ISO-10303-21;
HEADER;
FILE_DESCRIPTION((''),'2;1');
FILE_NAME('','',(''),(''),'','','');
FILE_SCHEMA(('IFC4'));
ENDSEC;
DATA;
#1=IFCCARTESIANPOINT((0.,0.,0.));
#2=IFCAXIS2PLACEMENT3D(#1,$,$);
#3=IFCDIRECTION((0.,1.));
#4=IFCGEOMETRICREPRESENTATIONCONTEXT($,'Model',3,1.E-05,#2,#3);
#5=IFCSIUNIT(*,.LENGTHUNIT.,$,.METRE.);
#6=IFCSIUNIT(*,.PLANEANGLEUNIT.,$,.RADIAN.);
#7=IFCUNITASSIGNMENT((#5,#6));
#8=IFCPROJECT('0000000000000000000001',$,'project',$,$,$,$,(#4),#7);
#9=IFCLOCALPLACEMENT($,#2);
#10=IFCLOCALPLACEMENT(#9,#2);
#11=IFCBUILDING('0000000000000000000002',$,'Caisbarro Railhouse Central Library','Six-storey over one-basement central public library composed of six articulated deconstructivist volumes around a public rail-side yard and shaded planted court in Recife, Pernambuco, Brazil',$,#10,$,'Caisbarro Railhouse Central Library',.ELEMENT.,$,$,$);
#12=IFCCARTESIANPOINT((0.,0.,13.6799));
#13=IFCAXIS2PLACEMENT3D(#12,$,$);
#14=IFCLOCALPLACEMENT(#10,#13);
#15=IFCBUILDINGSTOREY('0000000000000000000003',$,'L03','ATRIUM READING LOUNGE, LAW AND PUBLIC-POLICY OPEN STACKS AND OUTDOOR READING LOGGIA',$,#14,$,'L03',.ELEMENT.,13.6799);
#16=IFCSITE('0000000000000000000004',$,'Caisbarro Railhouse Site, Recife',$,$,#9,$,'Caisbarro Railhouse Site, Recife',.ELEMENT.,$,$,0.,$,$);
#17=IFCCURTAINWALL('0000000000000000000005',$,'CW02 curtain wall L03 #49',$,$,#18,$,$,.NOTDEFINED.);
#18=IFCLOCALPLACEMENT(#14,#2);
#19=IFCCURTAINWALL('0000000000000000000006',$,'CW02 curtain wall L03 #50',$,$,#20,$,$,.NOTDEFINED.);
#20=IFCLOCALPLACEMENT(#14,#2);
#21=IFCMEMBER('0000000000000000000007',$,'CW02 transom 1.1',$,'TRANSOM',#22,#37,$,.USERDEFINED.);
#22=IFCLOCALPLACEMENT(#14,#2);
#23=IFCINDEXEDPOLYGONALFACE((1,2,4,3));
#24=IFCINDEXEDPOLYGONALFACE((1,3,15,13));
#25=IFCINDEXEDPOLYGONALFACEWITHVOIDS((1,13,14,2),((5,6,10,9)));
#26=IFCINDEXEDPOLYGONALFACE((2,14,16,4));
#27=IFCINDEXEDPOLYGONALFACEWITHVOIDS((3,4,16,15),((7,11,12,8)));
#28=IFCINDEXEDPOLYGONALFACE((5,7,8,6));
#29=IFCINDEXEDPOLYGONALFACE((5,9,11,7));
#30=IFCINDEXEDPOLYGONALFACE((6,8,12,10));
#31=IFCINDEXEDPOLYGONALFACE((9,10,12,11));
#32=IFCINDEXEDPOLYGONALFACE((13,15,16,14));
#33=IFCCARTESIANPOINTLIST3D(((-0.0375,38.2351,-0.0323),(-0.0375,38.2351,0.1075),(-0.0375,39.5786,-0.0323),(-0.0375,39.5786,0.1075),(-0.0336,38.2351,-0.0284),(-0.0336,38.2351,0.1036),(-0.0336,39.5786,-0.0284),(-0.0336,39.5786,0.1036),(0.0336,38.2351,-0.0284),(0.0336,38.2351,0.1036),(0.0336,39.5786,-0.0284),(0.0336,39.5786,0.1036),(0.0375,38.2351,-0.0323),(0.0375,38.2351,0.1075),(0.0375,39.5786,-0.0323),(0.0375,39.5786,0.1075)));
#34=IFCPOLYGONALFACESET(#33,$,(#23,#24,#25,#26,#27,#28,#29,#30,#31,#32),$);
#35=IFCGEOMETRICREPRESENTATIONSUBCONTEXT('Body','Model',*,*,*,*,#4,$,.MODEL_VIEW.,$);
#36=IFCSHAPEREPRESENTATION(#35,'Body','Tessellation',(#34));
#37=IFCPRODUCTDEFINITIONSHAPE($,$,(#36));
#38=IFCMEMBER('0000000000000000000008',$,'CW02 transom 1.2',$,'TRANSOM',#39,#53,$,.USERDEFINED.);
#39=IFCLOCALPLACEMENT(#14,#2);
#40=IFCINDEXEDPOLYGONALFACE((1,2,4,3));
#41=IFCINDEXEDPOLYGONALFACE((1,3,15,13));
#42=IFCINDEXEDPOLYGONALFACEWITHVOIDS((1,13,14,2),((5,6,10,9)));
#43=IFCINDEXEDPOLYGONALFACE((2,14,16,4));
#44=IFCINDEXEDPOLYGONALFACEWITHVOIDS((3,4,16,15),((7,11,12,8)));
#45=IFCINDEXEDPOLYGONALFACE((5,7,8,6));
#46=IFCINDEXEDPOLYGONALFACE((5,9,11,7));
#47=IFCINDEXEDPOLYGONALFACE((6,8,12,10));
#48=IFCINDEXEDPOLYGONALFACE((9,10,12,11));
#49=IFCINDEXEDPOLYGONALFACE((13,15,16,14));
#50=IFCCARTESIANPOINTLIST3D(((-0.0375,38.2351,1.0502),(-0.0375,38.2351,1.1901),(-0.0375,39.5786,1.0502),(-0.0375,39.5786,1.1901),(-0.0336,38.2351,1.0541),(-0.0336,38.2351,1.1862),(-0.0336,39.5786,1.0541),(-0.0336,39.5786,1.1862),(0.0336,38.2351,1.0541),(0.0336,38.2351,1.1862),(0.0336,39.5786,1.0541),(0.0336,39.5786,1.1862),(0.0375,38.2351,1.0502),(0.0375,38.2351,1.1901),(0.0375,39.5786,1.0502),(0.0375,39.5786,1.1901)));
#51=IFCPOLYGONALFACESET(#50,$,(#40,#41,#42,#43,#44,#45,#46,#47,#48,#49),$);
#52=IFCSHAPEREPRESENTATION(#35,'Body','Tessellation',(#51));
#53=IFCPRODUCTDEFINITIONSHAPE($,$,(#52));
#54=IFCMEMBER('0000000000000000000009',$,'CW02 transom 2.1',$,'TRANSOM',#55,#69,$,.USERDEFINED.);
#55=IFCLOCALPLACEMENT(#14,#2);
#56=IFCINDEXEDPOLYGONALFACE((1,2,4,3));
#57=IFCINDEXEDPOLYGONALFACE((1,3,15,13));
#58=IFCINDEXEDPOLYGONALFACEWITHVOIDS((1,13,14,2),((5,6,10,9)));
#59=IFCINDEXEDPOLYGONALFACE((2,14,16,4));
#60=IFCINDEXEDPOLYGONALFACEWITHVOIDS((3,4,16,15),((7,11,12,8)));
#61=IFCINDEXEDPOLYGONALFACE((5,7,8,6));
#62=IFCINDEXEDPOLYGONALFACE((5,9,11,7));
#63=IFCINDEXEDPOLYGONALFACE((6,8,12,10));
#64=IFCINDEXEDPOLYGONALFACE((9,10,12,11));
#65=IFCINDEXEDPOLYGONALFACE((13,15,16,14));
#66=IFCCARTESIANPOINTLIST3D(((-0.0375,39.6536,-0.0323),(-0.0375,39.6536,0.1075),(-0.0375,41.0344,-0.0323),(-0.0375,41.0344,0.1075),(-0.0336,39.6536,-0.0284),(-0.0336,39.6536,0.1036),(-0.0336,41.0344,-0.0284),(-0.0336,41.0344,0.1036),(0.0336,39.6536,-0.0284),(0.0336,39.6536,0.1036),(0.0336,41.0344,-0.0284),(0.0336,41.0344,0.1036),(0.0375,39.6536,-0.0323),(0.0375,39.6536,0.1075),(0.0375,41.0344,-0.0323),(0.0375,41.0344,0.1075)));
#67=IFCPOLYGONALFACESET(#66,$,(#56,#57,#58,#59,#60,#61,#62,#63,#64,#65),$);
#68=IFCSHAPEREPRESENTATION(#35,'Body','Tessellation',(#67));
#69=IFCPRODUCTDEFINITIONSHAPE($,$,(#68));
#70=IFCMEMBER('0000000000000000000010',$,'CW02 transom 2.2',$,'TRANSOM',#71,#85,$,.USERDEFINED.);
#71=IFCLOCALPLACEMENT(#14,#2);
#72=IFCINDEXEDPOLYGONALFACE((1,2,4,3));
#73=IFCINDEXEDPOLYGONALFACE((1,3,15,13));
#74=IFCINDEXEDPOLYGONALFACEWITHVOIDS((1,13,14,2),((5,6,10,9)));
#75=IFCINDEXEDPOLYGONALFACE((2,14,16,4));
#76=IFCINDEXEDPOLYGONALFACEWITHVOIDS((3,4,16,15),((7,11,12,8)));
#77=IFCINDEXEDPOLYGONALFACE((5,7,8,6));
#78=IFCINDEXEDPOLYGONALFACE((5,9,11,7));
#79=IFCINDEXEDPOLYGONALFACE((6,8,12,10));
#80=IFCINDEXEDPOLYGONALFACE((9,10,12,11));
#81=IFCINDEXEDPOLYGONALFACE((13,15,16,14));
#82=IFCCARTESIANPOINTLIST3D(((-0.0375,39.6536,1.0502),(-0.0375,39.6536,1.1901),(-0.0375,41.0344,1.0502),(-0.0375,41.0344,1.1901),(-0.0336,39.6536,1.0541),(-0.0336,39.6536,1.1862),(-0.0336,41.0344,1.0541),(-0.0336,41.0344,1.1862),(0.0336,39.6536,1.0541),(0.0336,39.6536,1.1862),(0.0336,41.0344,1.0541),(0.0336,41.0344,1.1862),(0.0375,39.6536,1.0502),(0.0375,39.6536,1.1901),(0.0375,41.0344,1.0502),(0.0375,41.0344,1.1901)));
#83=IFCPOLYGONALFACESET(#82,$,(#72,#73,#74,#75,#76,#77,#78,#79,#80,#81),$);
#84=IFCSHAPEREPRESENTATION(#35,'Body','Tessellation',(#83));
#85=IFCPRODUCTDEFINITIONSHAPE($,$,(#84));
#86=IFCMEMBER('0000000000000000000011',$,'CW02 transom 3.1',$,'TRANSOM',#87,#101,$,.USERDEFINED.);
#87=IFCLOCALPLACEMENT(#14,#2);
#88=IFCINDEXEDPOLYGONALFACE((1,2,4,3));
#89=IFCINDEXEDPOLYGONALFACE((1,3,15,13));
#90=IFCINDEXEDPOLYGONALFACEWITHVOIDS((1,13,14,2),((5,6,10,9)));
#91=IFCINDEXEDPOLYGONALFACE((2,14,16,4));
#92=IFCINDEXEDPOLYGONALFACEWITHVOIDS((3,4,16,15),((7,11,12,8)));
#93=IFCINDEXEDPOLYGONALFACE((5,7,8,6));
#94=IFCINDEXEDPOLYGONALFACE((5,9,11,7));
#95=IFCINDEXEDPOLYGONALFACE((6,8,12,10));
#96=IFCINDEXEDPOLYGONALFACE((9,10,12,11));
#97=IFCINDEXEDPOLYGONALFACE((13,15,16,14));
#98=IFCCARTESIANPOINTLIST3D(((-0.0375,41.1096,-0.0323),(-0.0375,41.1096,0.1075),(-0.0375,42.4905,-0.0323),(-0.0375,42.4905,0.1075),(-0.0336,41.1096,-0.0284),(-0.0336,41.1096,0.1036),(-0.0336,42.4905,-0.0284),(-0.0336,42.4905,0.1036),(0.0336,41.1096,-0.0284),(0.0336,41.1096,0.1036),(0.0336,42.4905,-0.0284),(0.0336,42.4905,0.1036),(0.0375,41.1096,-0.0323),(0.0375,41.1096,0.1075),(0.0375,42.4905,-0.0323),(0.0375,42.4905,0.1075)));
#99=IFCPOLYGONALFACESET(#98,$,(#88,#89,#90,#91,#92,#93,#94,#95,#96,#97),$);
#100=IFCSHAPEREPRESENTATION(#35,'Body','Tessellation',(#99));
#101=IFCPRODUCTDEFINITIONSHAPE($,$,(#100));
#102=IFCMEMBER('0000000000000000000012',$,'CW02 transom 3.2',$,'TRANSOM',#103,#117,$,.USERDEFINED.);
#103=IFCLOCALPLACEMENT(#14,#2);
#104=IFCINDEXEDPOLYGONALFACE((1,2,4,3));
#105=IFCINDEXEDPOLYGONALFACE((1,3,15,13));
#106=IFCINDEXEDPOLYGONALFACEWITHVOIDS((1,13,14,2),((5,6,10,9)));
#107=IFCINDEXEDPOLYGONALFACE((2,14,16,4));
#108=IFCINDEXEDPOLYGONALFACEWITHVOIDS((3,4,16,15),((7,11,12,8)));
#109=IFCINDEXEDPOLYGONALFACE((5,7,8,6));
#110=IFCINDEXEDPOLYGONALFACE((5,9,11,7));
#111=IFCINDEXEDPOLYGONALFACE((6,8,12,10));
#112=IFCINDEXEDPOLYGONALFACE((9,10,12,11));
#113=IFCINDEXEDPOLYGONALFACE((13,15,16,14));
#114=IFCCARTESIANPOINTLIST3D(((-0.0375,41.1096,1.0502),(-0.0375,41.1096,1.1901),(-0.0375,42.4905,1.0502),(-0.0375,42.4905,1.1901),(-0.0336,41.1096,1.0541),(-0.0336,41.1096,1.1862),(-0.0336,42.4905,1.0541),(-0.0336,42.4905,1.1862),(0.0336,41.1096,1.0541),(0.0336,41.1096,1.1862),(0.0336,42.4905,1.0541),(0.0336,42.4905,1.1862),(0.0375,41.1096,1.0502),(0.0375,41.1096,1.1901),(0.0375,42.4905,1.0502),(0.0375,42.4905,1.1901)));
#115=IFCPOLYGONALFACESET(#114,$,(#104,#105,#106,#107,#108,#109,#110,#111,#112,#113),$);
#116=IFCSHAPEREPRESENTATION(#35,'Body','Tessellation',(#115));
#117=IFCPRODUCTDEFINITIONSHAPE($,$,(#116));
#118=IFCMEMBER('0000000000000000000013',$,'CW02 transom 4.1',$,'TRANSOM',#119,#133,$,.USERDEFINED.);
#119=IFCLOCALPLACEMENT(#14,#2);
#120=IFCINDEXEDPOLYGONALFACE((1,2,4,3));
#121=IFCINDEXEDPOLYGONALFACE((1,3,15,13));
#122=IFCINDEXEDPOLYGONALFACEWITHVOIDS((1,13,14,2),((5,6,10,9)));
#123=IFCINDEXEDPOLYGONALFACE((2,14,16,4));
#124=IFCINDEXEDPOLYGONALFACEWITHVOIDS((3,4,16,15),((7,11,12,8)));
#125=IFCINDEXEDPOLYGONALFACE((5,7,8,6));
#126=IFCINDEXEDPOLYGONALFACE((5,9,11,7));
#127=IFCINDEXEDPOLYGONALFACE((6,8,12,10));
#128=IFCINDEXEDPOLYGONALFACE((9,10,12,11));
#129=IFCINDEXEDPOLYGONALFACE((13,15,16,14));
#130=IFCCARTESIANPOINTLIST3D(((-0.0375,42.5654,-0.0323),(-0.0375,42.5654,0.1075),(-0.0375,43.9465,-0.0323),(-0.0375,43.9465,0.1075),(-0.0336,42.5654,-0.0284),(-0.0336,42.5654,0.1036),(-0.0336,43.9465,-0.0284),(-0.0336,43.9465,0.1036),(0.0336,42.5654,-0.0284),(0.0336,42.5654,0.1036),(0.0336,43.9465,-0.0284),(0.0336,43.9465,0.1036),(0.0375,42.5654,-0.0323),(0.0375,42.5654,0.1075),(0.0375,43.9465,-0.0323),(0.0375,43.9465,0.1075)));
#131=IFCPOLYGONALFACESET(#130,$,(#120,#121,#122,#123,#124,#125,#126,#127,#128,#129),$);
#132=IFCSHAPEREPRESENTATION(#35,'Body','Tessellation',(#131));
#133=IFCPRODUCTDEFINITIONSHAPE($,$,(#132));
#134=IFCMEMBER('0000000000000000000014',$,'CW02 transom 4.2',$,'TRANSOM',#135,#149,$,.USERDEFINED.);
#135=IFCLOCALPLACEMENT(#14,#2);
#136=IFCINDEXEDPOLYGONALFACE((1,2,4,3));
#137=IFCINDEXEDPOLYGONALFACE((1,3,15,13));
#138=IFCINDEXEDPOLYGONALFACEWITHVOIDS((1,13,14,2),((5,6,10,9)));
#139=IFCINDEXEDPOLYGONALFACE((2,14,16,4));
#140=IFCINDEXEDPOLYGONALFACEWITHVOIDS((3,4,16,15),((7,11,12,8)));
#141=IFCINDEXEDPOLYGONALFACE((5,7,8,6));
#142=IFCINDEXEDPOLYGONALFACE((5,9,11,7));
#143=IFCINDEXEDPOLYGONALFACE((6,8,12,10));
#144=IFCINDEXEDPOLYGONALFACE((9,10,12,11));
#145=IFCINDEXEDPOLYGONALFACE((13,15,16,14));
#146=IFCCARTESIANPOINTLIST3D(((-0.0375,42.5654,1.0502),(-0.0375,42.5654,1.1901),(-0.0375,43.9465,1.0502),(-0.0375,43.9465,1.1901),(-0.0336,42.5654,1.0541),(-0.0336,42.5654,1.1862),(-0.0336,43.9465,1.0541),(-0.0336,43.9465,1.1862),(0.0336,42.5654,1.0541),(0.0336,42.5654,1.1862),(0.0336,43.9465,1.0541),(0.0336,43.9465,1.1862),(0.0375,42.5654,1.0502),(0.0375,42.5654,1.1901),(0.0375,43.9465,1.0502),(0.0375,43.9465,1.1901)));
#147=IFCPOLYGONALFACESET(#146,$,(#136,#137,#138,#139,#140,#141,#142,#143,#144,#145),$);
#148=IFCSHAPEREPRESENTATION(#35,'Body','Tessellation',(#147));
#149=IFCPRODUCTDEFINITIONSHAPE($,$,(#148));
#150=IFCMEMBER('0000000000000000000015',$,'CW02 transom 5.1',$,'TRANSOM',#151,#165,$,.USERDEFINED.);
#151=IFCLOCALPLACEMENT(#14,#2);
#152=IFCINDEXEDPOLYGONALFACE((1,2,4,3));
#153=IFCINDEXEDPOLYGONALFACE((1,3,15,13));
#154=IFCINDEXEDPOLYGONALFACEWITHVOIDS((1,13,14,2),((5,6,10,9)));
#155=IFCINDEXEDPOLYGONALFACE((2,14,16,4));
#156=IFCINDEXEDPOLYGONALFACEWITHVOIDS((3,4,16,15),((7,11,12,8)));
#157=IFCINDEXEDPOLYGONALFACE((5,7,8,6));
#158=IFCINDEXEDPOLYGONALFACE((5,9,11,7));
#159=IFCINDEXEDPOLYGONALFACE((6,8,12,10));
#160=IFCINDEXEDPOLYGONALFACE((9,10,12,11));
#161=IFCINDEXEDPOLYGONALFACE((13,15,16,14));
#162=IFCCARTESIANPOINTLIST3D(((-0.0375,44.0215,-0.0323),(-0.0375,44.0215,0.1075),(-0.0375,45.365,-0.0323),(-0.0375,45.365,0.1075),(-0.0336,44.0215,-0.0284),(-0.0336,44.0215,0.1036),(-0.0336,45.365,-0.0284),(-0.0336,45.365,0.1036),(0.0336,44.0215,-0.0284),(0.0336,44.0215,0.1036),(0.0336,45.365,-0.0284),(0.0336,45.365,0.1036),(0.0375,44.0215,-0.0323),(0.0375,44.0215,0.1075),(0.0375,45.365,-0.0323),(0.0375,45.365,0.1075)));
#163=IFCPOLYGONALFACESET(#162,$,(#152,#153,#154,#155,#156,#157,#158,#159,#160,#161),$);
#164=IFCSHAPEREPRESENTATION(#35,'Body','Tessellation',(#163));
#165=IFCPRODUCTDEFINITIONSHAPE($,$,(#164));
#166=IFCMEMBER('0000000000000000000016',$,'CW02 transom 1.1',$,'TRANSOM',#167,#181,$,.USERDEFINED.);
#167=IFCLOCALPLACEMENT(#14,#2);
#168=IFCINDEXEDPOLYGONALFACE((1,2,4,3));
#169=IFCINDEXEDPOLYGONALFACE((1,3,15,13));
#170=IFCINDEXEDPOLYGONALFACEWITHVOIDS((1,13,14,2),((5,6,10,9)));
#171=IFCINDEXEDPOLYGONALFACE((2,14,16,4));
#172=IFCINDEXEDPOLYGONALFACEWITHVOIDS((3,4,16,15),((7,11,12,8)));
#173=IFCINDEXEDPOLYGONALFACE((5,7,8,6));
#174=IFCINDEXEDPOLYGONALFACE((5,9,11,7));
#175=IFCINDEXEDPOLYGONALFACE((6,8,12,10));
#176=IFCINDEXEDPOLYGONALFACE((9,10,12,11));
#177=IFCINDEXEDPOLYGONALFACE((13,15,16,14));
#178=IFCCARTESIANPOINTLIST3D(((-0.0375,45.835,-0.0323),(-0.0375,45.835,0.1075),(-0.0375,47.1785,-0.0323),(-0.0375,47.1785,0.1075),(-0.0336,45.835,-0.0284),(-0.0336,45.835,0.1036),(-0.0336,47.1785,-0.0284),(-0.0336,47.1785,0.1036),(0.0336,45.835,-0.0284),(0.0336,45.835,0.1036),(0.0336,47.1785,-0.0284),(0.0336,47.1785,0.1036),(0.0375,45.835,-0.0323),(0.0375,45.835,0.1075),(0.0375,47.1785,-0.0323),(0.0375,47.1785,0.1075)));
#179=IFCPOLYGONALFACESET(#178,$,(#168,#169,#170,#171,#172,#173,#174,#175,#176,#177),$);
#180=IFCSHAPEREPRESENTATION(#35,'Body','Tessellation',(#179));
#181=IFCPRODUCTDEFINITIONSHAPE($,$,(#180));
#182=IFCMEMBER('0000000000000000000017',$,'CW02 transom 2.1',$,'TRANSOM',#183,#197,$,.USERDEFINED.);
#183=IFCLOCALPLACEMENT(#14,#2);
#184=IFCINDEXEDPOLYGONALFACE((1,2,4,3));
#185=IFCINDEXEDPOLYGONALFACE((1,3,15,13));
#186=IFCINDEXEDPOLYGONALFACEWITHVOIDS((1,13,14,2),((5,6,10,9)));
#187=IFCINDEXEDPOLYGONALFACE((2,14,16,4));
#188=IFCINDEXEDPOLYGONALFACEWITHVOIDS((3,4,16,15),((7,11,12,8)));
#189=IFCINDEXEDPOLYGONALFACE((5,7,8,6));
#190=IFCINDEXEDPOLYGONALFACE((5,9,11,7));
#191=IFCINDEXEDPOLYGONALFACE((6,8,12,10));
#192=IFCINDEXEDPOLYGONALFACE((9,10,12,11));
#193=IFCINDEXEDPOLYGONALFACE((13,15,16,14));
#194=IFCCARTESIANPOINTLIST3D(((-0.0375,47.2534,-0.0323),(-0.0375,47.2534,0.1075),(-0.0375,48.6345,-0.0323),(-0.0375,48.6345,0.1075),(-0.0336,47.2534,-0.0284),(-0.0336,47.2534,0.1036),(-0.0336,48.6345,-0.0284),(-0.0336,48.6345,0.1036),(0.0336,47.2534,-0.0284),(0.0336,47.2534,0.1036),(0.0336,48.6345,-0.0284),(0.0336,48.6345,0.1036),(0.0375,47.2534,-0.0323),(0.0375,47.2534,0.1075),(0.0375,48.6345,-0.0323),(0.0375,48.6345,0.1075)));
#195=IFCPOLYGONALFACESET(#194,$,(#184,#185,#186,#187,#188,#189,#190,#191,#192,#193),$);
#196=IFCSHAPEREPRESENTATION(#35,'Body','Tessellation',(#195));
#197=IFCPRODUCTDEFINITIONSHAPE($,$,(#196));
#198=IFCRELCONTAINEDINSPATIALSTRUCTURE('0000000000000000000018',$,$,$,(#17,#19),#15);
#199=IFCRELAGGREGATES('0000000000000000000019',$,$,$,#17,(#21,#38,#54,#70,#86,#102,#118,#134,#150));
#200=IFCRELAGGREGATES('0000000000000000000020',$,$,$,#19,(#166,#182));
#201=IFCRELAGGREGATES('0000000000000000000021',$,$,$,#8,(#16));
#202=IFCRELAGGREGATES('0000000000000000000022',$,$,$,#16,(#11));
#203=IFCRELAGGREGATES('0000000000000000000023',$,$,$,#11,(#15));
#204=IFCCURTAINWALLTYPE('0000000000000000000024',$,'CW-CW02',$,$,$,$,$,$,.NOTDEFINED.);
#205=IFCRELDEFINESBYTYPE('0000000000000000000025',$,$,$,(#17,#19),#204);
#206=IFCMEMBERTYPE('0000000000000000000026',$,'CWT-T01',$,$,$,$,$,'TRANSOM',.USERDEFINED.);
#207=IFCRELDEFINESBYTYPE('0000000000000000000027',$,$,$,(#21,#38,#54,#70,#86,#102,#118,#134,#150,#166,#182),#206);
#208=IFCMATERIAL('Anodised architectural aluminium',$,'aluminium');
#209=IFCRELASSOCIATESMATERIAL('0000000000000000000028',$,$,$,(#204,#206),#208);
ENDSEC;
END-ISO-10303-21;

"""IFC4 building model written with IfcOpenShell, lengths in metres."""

from ifc_helpers import new_model, si_unit, direction, frame, origin, origin_2d, place, context, subcontext, project, spatial, hollow_rectangle, extrude, material, material_profile, profile_set, type_object, element, aggregate, save


model = new_model("IFC4")

# Units and contexts
model_context = context("Model", 3, precision=1e-05, world=origin(), true_north=direction((0.0, 1.0)))
body_context = subcontext(model_context, "Body", "Model", "MODEL_VIEW")
ifc_project = project(units=[si_unit("LENGTHUNIT", "METRE"), si_unit("PLANEANGLEUNIT", "RADIAN")], contexts=[model_context])

# Site, building, storey
site_placement = place(None, origin())
site = spatial("IfcSite", under=ifc_project, at=site_placement, Name="Caisbarro Railhouse Site, Recife", LongName="Caisbarro Railhouse Site, Recife", CompositionType="ELEMENT", RefElevation=0.0)
building_placement = place(site_placement, origin())
building = spatial("IfcBuilding", under=site, at=building_placement, Name="Caisbarro Railhouse Central Library", Description="Six-storey over one-basement central public library composed of six articulated deconstructivist volumes around a public rail-side yard and shaded planted court in Recife, Pernambuco, Brazil", LongName="Caisbarro Railhouse Central Library", CompositionType="ELEMENT")
storey_placement = place(building_placement, frame((0.0, 0.0, 13.6799)))
storey = spatial("IfcBuildingStorey", under=building, at=storey_placement, Name="L03", Description="ATRIUM READING LOUNGE, LAW AND PUBLIC-POLICY OPEN STACKS AND OUTDOOR READING LOGGIA", LongName="L03", CompositionType="ELEMENT", Elevation=13.6799)

# Curtain walls
ifc_material_1 = material(Name="Anodised architectural aluminium", Category="aluminium")
curtain_wall_type = type_object("IfcCurtainWallType", Name="CW-CW02", PredefinedType="NOTDEFINED", material=ifc_material_1)
curtain_wall_1_placement = place(storey_placement, origin())
curtain_wall_1 = element("IfcCurtainWall", 1, at=curtain_wall_1_placement, inside=storey, type_object=curtain_wall_type, Name="CW02 curtain wall L03 #49", PredefinedType="NOTDEFINED")
curtain_wall_2_placement = place(storey_placement, origin())
curtain_wall_2 = element("IfcCurtainWall", 2, at=curtain_wall_2_placement, inside=storey, type_object=curtain_wall_type, Name="CW02 curtain wall L03 #50", PredefinedType="NOTDEFINED")

# Members
ifc_material_profile_1 = material_profile(ifc_material_1, hollow_rectangle(XDim=0.075, YDim=0.1399, WallThickness=0.0039, at=origin_2d()), Name="ALU-TRN-75X140")
ifc_profile_set_1 = profile_set([ifc_material_profile_1], Name="Anodised architectural aluminium")
member_type_1 = type_object("IfcMemberType", Name="CWT-T01", ElementType="TRANSOM", PredefinedType="USERDEFINED", material=ifc_profile_set_1)
member_1_placement = place(storey_placement, frame((0.0, 38.2351, 0.0376), z_axis=(0.0, 1.0, 0.0), x_axis=(-1.0, 0.0, 0.0)))
member_1 = element("IfcMember", 3, at=member_1_placement, type_object=member_type_1, Name="CW02 transom 1.1", ObjectType="TRANSOM", PredefinedType="USERDEFINED", context=body_context, shape_type="SweptSolid", body=[
    extrude(hollow_rectangle(XDim=0.075, YDim=0.1399, WallThickness=0.0039, at=origin_2d()), origin(), (0.0, 0.0, 1.0), 1.3435),
])
member_2_placement = place(storey_placement, frame((0.0, 38.2351, 1.1201), z_axis=(0.0, 1.0, 0.0), x_axis=(-1.0, 0.0, 0.0)))
member_2 = element("IfcMember", 4, at=member_2_placement, type_object=member_type_1, Name="CW02 transom 1.2", ObjectType="TRANSOM", PredefinedType="USERDEFINED", context=body_context, shape_type="SweptSolid", body=[
    extrude(hollow_rectangle(XDim=0.075, YDim=0.1399, WallThickness=0.0039, at=origin_2d()), origin(), (0.0, 0.0, 1.0), 1.3435),
])
member_3_placement = place(storey_placement, frame((0.0, 39.6536, 0.0376), z_axis=(0.0, 1.0, 0.0), x_axis=(-1.0, 0.0, 0.0)))
member_3 = element("IfcMember", 5, at=member_3_placement, type_object=member_type_1, Name="CW02 transom 2.1", ObjectType="TRANSOM", PredefinedType="USERDEFINED", context=body_context, shape_type="SweptSolid", body=[
    extrude(hollow_rectangle(XDim=0.075, YDim=0.1399, WallThickness=0.0039, at=origin_2d()), origin(), (0.0, 0.0, 1.0), 1.3809),
])
member_4_placement = place(storey_placement, frame((0.0, 39.6536, 1.1201), z_axis=(0.0, 1.0, 0.0), x_axis=(-1.0, 0.0, 0.0)))
member_4 = element("IfcMember", 6, at=member_4_placement, type_object=member_type_1, Name="CW02 transom 2.2", ObjectType="TRANSOM", PredefinedType="USERDEFINED", context=body_context, shape_type="SweptSolid", body=[
    extrude(hollow_rectangle(XDim=0.075, YDim=0.1399, WallThickness=0.0039, at=origin_2d()), origin(), (0.0, 0.0, 1.0), 1.3809),
])
member_5_placement = place(storey_placement, frame((0.0, 41.1096, 0.0376), z_axis=(0.0, 1.0, 0.0), x_axis=(-1.0, 0.0, 0.0)))
member_5 = element("IfcMember", 7, at=member_5_placement, type_object=member_type_1, Name="CW02 transom 3.1", ObjectType="TRANSOM", PredefinedType="USERDEFINED", context=body_context, shape_type="SweptSolid", body=[
    extrude(hollow_rectangle(XDim=0.075, YDim=0.1399, WallThickness=0.0039, at=origin_2d()), origin(), (0.0, 0.0, 1.0), 1.3809),
])
member_6_placement = place(storey_placement, frame((0.0, 41.1096, 1.1201), z_axis=(0.0, 1.0, 0.0), x_axis=(-1.0, 0.0, 0.0)))
member_6 = element("IfcMember", 8, at=member_6_placement, type_object=member_type_1, Name="CW02 transom 3.2", ObjectType="TRANSOM", PredefinedType="USERDEFINED", context=body_context, shape_type="SweptSolid", body=[
    extrude(hollow_rectangle(XDim=0.075, YDim=0.1399, WallThickness=0.0039, at=origin_2d()), origin(), (0.0, 0.0, 1.0), 1.3809),
])
member_7_placement = place(storey_placement, frame((0.0, 42.5654, 0.0376), z_axis=(0.0, 1.0, 0.0), x_axis=(-1.0, 0.0, 0.0)))
member_7 = element("IfcMember", 9, at=member_7_placement, type_object=member_type_1, Name="CW02 transom 4.1", ObjectType="TRANSOM", PredefinedType="USERDEFINED", context=body_context, shape_type="SweptSolid", body=[
    extrude(hollow_rectangle(XDim=0.075, YDim=0.1399, WallThickness=0.0039, at=origin_2d()), origin(), (0.0, 0.0, 1.0), 1.3811),
])
member_8_placement = place(storey_placement, frame((0.0, 42.5654, 1.1201), z_axis=(0.0, 1.0, 0.0), x_axis=(-1.0, 0.0, 0.0)))
member_8 = element("IfcMember", 10, at=member_8_placement, type_object=member_type_1, Name="CW02 transom 4.2", ObjectType="TRANSOM", PredefinedType="USERDEFINED", context=body_context, shape_type="SweptSolid", body=[
    extrude(hollow_rectangle(XDim=0.075, YDim=0.1399, WallThickness=0.0039, at=origin_2d()), origin(), (0.0, 0.0, 1.0), 1.3811),
])
member_9_placement = place(storey_placement, frame((0.0, 44.0215, 0.0376), z_axis=(0.0, 1.0, 0.0), x_axis=(-1.0, 0.0, 0.0)))
member_9 = element("IfcMember", 11, at=member_9_placement, type_object=member_type_1, Name="CW02 transom 5.1", ObjectType="TRANSOM", PredefinedType="USERDEFINED", context=body_context, shape_type="SweptSolid", body=[
    extrude(hollow_rectangle(XDim=0.075, YDim=0.1399, WallThickness=0.0039, at=origin_2d()), origin(), (0.0, 0.0, 1.0), 1.3435),
])
member_10_placement = place(storey_placement, frame((0.0, 45.835, 0.0376), z_axis=(0.0, 1.0, 0.0), x_axis=(-1.0, 0.0, 0.0)))
member_10 = element("IfcMember", 12, at=member_10_placement, type_object=member_type_1, Name="CW02 transom 1.1", ObjectType="TRANSOM", PredefinedType="USERDEFINED", context=body_context, shape_type="SweptSolid", body=[
    extrude(hollow_rectangle(XDim=0.075, YDim=0.1399, WallThickness=0.0039, at=origin_2d()), origin(), (0.0, 0.0, 1.0), 1.3435),
])
member_11_placement = place(storey_placement, frame((0.0, 47.2534, 0.0376), z_axis=(0.0, 1.0, 0.0), x_axis=(-1.0, 0.0, 0.0)))
member_11 = element("IfcMember", 13, at=member_11_placement, type_object=member_type_1, Name="CW02 transom 2.1", ObjectType="TRANSOM", PredefinedType="USERDEFINED", context=body_context, shape_type="SweptSolid", body=[
    extrude(hollow_rectangle(XDim=0.075, YDim=0.1399, WallThickness=0.0039, at=origin_2d()), origin(), (0.0, 0.0, 1.0), 1.3811),
])

aggregate(curtain_wall_1, [member_1, member_2, member_3, member_4, member_5, member_6, member_7, member_8, member_9])
aggregate(curtain_wall_2, [member_10, member_11])

save(model, "model.ifc")
